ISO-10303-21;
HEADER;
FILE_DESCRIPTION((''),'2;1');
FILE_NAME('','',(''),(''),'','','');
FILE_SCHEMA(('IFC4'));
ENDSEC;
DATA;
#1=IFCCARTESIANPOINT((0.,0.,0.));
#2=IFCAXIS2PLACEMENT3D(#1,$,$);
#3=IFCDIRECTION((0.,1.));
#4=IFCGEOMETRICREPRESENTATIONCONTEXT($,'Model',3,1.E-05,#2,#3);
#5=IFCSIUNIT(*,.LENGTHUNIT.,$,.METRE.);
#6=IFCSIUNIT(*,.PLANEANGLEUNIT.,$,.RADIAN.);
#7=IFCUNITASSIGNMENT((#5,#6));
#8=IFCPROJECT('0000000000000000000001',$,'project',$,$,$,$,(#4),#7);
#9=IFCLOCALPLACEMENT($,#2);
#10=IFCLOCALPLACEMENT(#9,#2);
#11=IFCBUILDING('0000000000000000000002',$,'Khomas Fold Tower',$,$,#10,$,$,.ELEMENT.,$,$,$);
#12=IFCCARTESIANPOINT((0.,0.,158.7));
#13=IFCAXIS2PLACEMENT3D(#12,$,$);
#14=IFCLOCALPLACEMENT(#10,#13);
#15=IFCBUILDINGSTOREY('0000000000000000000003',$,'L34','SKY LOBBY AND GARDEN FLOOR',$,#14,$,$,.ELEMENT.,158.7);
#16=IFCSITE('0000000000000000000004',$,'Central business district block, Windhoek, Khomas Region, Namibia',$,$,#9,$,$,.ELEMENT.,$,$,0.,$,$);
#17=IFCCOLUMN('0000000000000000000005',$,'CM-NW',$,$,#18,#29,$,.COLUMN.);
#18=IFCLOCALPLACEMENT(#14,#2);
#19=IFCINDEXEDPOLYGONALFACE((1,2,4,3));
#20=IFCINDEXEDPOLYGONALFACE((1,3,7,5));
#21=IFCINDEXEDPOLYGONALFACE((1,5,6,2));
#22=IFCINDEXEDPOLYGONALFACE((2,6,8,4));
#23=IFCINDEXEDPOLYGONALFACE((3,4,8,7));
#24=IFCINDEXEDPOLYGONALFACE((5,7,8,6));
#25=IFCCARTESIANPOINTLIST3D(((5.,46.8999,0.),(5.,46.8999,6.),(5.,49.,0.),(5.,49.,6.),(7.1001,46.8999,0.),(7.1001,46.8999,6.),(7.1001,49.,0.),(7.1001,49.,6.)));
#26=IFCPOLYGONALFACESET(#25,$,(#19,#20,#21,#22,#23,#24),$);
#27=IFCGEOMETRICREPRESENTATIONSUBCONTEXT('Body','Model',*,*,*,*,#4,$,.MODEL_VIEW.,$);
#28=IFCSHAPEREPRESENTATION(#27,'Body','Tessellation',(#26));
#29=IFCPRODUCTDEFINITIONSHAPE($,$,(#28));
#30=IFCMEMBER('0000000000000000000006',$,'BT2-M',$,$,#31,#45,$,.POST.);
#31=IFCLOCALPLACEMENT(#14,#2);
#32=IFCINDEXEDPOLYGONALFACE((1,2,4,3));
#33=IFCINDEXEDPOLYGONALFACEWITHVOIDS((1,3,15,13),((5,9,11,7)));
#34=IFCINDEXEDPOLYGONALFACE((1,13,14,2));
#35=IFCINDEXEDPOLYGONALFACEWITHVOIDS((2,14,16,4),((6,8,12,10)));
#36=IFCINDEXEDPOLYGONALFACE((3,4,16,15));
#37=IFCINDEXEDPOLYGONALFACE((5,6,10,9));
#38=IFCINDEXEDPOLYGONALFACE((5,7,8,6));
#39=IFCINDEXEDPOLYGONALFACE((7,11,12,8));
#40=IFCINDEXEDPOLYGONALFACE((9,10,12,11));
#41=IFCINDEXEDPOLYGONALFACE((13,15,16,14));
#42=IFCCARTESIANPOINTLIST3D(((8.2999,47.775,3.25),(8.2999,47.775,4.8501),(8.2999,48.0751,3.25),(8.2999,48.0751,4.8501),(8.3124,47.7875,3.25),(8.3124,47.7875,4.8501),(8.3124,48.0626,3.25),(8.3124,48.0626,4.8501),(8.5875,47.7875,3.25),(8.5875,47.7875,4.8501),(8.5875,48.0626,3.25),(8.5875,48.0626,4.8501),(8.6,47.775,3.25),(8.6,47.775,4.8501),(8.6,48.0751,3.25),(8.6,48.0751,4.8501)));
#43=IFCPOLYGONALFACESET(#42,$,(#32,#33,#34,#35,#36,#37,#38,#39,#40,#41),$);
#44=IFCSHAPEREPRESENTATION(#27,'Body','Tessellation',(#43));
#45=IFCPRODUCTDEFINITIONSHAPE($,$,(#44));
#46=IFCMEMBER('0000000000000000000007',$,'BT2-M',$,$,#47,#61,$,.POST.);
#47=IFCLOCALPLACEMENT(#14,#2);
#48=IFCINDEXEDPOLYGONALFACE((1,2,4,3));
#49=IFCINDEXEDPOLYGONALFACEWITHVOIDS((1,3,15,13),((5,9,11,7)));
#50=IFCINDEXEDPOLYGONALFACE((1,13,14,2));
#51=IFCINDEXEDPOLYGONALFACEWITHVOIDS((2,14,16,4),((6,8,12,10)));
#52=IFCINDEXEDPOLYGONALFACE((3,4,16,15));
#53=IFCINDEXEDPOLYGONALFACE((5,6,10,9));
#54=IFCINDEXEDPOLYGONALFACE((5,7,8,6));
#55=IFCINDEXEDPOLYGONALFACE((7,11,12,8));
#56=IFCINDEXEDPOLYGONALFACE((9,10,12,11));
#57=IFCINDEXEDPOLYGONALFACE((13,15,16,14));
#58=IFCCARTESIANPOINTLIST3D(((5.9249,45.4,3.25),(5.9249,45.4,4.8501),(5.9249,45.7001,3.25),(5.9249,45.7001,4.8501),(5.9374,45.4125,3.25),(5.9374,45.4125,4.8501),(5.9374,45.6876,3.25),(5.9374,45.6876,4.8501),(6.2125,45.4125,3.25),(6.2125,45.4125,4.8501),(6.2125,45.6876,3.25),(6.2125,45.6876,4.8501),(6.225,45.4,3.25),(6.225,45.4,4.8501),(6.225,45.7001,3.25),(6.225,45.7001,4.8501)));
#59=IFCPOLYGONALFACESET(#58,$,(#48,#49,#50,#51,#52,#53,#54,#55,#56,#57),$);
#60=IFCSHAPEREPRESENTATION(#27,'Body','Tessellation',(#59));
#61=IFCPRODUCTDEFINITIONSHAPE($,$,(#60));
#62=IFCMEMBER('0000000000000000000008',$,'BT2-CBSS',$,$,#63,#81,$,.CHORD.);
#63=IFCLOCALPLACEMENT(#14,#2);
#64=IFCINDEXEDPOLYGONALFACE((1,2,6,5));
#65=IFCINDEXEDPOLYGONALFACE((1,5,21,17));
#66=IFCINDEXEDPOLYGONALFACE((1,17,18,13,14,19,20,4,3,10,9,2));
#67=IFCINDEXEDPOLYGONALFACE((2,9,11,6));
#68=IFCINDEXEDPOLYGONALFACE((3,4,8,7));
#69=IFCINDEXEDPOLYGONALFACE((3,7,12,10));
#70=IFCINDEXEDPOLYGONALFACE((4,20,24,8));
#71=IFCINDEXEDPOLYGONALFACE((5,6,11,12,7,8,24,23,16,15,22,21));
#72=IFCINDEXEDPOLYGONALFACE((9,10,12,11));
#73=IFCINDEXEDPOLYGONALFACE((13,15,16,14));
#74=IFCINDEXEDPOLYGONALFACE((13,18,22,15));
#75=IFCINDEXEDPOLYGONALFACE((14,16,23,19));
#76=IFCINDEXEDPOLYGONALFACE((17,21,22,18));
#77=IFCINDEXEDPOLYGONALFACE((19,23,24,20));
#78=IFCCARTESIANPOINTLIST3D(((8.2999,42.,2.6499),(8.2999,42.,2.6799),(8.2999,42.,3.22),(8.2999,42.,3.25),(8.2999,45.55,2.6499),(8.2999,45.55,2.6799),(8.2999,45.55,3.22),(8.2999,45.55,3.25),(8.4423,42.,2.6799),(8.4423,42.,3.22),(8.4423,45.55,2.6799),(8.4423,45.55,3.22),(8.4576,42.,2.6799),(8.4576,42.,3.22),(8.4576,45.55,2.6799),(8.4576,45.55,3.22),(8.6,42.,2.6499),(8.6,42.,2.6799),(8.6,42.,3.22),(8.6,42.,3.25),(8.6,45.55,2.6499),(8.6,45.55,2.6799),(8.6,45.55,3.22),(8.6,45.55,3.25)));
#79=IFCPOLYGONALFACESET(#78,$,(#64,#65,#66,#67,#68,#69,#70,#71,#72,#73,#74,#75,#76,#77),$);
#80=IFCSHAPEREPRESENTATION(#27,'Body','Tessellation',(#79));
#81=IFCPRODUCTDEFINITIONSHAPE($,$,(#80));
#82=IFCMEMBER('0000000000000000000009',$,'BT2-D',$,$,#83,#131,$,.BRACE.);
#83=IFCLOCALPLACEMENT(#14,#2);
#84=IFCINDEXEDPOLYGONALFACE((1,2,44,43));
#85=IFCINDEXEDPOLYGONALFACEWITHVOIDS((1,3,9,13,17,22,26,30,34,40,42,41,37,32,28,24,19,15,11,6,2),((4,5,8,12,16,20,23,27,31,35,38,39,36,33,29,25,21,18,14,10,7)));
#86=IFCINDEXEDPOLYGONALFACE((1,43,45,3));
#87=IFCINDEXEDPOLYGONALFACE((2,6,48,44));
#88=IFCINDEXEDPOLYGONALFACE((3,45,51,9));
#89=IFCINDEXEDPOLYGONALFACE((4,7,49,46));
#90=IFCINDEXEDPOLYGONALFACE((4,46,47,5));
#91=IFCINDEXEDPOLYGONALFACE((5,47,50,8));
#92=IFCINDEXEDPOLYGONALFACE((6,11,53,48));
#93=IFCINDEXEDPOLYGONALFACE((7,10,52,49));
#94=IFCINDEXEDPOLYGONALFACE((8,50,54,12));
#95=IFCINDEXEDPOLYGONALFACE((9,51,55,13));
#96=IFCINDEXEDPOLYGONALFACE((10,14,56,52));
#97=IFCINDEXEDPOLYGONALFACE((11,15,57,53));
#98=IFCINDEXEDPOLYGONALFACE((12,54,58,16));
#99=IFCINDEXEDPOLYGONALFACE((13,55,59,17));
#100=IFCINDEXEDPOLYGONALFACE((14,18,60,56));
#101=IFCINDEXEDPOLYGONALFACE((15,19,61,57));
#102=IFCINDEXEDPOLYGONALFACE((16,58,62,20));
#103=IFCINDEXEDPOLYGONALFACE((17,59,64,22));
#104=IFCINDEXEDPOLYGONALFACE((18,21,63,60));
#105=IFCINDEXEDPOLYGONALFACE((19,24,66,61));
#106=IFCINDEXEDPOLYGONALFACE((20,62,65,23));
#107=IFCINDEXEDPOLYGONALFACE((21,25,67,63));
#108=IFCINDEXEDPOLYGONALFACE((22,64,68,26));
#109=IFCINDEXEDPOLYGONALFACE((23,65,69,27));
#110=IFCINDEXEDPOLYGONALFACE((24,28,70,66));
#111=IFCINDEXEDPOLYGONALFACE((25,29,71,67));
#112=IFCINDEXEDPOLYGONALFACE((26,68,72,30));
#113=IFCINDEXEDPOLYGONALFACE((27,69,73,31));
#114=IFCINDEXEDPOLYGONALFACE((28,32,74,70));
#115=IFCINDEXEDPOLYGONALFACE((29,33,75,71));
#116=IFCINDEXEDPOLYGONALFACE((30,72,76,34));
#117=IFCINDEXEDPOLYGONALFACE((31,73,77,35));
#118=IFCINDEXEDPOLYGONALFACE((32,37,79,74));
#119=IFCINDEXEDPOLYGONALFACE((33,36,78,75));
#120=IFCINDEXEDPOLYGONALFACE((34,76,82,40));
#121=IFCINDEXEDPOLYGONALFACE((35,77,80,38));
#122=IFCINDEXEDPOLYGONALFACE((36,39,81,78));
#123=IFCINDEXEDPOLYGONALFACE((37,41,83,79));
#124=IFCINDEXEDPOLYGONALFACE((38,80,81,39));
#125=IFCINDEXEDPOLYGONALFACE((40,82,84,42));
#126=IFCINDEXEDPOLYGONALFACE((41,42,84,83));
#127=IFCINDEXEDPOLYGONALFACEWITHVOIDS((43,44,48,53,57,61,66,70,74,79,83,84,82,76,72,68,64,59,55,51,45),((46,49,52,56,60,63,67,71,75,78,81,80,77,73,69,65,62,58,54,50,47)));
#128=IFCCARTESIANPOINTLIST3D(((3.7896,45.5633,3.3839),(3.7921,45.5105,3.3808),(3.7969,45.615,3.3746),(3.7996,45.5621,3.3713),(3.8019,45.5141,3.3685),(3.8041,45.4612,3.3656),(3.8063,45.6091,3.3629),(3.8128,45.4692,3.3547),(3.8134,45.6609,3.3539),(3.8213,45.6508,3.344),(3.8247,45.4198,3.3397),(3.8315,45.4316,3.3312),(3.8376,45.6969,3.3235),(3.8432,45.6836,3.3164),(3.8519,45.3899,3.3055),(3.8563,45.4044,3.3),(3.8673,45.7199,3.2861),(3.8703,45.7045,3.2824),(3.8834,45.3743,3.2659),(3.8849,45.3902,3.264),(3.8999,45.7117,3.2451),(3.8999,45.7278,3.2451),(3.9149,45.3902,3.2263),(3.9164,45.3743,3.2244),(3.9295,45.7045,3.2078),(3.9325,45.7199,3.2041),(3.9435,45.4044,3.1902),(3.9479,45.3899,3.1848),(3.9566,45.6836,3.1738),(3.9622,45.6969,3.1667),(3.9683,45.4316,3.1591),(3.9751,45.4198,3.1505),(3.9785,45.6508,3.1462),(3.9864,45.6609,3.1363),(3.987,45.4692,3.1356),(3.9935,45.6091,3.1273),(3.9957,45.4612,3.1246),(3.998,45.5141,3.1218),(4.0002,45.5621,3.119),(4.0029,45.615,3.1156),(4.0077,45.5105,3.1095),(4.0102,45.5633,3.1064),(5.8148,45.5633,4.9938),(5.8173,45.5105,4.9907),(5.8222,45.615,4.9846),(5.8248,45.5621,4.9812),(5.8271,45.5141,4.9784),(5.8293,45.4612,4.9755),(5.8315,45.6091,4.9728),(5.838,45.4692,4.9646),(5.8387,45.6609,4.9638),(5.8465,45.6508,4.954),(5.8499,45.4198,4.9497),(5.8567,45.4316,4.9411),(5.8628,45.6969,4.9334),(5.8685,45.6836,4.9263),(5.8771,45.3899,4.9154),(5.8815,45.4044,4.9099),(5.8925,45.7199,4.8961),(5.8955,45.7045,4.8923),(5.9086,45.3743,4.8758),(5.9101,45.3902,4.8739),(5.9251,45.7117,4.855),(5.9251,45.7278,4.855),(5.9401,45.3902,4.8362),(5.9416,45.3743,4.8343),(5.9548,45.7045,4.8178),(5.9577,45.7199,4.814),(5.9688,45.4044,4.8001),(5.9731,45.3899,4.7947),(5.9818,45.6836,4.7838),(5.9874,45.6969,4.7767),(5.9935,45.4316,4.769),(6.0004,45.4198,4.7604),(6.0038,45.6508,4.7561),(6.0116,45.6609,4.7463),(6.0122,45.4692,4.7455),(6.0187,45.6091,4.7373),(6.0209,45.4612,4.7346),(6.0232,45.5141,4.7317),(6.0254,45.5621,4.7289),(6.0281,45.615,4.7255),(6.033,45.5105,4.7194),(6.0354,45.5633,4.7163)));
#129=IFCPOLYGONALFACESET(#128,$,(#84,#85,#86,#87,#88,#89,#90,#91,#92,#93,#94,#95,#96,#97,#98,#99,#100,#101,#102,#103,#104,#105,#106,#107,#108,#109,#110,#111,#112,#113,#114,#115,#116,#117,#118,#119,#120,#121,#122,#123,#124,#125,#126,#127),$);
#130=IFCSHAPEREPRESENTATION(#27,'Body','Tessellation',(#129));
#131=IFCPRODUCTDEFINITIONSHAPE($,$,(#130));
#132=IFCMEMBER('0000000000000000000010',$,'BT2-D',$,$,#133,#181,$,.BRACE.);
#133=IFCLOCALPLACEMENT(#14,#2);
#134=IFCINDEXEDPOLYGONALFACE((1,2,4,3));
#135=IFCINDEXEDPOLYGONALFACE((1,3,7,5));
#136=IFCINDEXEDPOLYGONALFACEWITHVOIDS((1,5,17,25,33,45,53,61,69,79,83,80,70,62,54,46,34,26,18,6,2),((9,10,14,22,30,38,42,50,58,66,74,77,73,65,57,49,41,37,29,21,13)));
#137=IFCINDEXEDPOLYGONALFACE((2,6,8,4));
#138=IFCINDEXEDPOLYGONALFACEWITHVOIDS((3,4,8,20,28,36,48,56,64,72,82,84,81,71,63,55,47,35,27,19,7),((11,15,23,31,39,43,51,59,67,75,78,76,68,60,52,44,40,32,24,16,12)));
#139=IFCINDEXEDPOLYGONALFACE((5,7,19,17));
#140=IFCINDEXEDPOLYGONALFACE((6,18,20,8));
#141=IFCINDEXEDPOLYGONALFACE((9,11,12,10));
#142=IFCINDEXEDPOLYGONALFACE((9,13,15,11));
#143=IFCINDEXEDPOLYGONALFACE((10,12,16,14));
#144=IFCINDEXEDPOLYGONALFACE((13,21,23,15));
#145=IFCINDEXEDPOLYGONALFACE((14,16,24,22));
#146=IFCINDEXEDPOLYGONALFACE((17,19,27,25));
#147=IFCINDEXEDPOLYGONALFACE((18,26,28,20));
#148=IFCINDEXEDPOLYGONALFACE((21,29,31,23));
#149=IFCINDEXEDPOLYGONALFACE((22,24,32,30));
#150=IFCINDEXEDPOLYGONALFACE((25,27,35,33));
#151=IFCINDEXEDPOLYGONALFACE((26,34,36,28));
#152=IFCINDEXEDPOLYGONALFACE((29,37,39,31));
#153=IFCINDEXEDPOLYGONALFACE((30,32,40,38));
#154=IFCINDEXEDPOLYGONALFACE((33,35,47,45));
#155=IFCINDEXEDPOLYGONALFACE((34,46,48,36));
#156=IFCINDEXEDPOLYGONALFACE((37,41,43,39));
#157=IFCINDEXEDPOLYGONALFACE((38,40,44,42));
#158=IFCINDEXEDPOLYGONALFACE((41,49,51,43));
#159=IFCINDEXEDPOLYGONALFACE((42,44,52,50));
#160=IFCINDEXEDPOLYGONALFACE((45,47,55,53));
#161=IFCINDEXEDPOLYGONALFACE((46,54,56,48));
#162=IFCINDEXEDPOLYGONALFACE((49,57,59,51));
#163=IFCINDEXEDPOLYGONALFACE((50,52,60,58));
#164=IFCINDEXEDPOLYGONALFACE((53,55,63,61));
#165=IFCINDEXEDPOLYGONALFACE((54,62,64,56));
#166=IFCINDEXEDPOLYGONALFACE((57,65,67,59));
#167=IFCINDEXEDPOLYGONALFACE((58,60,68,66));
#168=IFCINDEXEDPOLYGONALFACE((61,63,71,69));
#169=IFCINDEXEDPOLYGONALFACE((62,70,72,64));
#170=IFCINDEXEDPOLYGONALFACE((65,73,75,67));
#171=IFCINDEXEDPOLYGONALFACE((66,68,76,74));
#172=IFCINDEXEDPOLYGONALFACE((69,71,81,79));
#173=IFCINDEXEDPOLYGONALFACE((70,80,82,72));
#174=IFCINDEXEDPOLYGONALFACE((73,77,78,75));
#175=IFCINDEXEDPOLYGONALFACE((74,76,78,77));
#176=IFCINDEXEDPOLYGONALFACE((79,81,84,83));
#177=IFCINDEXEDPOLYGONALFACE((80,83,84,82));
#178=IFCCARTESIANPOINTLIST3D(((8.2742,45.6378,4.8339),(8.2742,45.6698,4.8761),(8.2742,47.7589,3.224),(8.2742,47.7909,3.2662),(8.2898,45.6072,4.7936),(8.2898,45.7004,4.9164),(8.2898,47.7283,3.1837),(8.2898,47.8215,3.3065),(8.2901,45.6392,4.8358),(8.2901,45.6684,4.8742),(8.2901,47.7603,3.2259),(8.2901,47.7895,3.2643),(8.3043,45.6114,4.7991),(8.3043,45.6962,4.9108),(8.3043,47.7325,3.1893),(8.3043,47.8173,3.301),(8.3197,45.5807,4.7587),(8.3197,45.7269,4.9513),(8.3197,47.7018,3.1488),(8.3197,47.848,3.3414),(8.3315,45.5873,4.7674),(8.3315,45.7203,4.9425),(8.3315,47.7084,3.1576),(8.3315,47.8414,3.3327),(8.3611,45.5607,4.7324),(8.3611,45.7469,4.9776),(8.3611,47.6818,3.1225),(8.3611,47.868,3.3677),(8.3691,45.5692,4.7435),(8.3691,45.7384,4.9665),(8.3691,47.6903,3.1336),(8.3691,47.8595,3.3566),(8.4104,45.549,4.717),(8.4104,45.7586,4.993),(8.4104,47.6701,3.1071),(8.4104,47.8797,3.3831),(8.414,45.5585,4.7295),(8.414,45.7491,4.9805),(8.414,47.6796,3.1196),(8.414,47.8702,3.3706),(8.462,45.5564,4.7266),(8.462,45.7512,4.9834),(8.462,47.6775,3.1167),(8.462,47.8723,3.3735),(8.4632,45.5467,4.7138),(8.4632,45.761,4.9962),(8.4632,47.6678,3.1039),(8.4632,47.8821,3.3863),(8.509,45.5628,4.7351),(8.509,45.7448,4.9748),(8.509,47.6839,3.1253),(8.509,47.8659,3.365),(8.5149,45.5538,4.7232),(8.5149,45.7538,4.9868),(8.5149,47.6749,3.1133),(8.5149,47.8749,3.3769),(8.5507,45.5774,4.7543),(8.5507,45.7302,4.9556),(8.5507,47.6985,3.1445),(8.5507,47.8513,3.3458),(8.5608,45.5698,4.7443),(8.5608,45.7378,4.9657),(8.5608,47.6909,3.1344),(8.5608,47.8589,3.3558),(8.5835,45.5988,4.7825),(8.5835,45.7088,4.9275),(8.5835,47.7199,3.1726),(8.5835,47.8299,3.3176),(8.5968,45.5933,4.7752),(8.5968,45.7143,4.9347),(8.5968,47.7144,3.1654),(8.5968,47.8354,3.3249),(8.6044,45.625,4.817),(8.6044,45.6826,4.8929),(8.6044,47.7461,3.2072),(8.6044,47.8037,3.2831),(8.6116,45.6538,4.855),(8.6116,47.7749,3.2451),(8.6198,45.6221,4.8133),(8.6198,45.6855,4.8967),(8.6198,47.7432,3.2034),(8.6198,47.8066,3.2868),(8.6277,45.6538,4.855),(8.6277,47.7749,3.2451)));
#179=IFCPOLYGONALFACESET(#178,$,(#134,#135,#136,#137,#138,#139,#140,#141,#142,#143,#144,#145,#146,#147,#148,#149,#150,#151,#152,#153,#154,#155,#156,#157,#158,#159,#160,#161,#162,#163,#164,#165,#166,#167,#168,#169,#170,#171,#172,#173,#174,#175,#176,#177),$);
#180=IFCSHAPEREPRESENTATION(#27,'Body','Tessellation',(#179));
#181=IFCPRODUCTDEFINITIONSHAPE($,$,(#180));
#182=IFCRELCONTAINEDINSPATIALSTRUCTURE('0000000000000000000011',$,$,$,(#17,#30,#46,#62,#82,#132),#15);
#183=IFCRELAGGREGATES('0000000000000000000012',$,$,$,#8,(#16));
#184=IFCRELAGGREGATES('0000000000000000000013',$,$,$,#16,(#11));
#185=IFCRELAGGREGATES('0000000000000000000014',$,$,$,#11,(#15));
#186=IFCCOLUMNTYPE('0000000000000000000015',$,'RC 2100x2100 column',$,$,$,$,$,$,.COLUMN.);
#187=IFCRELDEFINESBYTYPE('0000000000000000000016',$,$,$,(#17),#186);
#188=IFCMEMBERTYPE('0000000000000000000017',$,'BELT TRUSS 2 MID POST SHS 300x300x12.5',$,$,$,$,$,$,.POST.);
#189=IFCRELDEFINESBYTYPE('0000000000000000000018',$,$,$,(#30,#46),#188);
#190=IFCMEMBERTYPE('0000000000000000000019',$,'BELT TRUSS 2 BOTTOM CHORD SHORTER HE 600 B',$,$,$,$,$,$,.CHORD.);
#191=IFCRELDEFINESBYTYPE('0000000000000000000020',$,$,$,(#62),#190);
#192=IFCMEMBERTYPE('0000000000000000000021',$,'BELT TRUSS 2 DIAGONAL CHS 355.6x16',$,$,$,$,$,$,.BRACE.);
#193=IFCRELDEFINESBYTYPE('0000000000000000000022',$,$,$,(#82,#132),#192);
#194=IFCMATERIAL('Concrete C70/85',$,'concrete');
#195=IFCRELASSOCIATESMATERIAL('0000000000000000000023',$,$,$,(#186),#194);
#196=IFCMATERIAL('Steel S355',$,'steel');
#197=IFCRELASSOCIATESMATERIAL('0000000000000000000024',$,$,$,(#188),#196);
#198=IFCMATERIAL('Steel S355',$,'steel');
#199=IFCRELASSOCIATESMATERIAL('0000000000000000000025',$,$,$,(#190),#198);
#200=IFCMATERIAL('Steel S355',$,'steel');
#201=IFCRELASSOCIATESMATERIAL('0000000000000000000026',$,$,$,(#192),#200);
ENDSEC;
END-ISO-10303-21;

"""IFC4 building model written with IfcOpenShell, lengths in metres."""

from ifc_helpers import new_model, si_unit, direction, frame, origin, origin_2d, place, context, subcontext, project, spatial, rectangle, hollow_rectangle, hollow_circle, i_section, extrude, source, transform, mapped, material, material_profile, profile_set, type_object, element, save


model = new_model("IFC4")

# Units and contexts
model_context = context("Model", 3, precision=1e-05, world=origin(), true_north=direction((0.0, 1.0)))
body_context = subcontext(model_context, "Body", "Model", "MODEL_VIEW")
ifc_project = project(units=[si_unit("LENGTHUNIT", "METRE"), si_unit("PLANEANGLEUNIT", "RADIAN")], contexts=[model_context])

# Site, building, storey
site_placement = place(None, origin())
site = spatial("IfcSite", under=ifc_project, at=site_placement, Name="Central business district block, Windhoek, Khomas Region, Namibia", CompositionType="ELEMENT", RefElevation=0.0)
building_placement = place(site_placement, origin())
building = spatial("IfcBuilding", under=site, at=building_placement, Name="Khomas Fold Tower", CompositionType="ELEMENT")
storey_placement = place(building_placement, frame((0.0, 0.0, 158.7)))
storey = spatial("IfcBuildingStorey", under=building, at=storey_placement, Name="L34", Description="SKY LOBBY AND GARDEN FLOOR", CompositionType="ELEMENT", Elevation=158.7)

# Column
ifc_material_1 = material(Name="Concrete C70/85", Category="concrete")
ifc_material_profile_1 = material_profile(ifc_material_1, rectangle(XDim=2.1001, YDim=2.1001, at=origin_2d()), Name="RC 2100x2100")
ifc_profile_set_1 = profile_set([ifc_material_profile_1], Name="Concrete C70/85")
column_type = type_object("IfcColumnType", Name="RC 2100x2100 column", PredefinedType="COLUMN", material=ifc_profile_set_1)
shared_shape_1 = source(origin(), body_context, "Body", "SweptSolid", [
    extrude(rectangle(XDim=2.1001, YDim=2.1001, at=origin_2d()), origin(), (0.0, 0.0, 1.0), 6.0),
])
column_placement = place(storey_placement, frame((6.05, 47.95, 0.0), z_axis=(0.0, 0.0, 1.0), x_axis=(1.0, 0.0, 0.0)))
element("IfcColumn", 1, at=column_placement, inside=storey, type_object=column_type, Name="CM-NW", PredefinedType="COLUMN", context=body_context, shape_type="MappedRepresentation", body=[
    mapped(shared_shape_1, transform((0.0, 0.0, 0.0))),
])

# Members
ifc_material_2 = material(Name="Steel S355", Category="steel")
ifc_material_profile_2 = material_profile(ifc_material_2, hollow_rectangle(XDim=0.3, YDim=0.3, WallThickness=0.0125, at=origin_2d()), Name="SHS 300x300x12.5")
ifc_profile_set_2 = profile_set([ifc_material_profile_2], Name="Steel S355")
member_type_1 = type_object("IfcMemberType", Name="BELT TRUSS 2 MID POST SHS 300x300x12.5", PredefinedType="POST", material=ifc_profile_set_2)
shared_shape_2 = source(origin(), body_context, "Body", "SweptSolid", [
    extrude(hollow_rectangle(XDim=0.3, YDim=0.3, WallThickness=0.0125, at=origin_2d()), origin(), (0.0, 0.0, 1.0), 1.6001),
])
for number, where, z_axis, x_axis, name in (
    (2, (8.45, 47.925, 3.25), (0.0, 0.0, 1.0), (1.0, 0.0, 0.0), "BT2-M"),
    (3, (6.075, 45.55, 3.25), (0.0, 0.0, 1.0), (1.0, 0.0, 0.0), "BT2-M"),
):
    element("IfcMember", number, at=place(storey_placement, frame(where, z_axis=z_axis, x_axis=x_axis)), inside=storey, type_object=member_type_1, Name=name, PredefinedType="POST", context=body_context, shape_type="MappedRepresentation", body=[
        mapped(shared_shape_2, transform((0.0, 0.0, 0.0))),
    ])
ifc_material_3 = material(Name="Steel S355", Category="steel")
ifc_material_profile_3 = material_profile(ifc_material_3, i_section(OverallWidth=0.3, OverallDepth=0.6001, WebThickness=0.0154, FlangeThickness=0.03, at=origin_2d()), Name="HE 600 B")
ifc_profile_set_3 = profile_set([ifc_material_profile_3], Name="Steel S355")
member_type_2 = type_object("IfcMemberType", Name="BELT TRUSS 2 BOTTOM CHORD SHORTER HE 600 B", PredefinedType="CHORD", material=ifc_profile_set_3)
shared_shape_3 = source(origin(), body_context, "Body", "SweptSolid", [
    extrude(i_section(OverallWidth=0.3, OverallDepth=0.6001, WebThickness=0.0154, FlangeThickness=0.03, at=origin_2d()), origin(), (0.0, 0.0, 1.0), 3.55),
])
member_1_placement = place(storey_placement, frame((8.45, 45.55, 2.95), z_axis=(0.0, -1.0, 0.0), x_axis=(1.0, 0.0, 0.0)))
element("IfcMember", 4, at=member_1_placement, inside=storey, type_object=member_type_2, Name="BT2-CBSS", PredefinedType="CHORD", context=body_context, shape_type="MappedRepresentation", body=[
    mapped(shared_shape_3, transform((0.0, 0.0, 0.0))),
])
ifc_material_4 = material(Name="Steel S355", Category="steel")
ifc_material_profile_4 = material_profile(ifc_material_4, hollow_circle(Radius=0.1777, WallThickness=0.0161, at=origin_2d()), Name="CHS 355.6x16")
ifc_profile_set_4 = profile_set([ifc_material_profile_4], Name="Steel S355")
member_type_3 = type_object("IfcMemberType", Name="BELT TRUSS 2 DIAGONAL CHS 355.6x16", PredefinedType="BRACE", material=ifc_profile_set_4)
shared_shape_4 = source(origin(), body_context, "Body", "SweptSolid", [
    extrude(hollow_circle(Radius=0.1777, WallThickness=0.0161, at=origin_2d()), origin(), (0.0, 0.0, 1.0), 2.5872),
])
member_2_placement = place(storey_placement, frame((3.8999, 45.55, 3.2451), z_axis=(0.782799, 0.0, 0.622275), x_axis=(0.0, 1.0, 0.0)))
element("IfcMember", 5, at=member_2_placement, inside=storey, type_object=member_type_3, Name="BT2-D", PredefinedType="BRACE", context=body_context, shape_type="MappedRepresentation", body=[
    mapped(shared_shape_4, transform((0.0, 0.0, 0.0))),
])
shared_shape_5 = source(origin(), body_context, "Body", "SweptSolid", [
    extrude(hollow_circle(Radius=0.1777, WallThickness=0.0161, at=origin_2d()), origin(), (0.0, 0.0, 1.0), 2.6628),
])
member_3_placement = place(storey_placement, frame((8.45, 47.7749, 3.2451), z_axis=(0.0, -0.796554, 0.604567), x_axis=(1.0, 0.0, 0.0)))
element("IfcMember", 6, at=member_3_placement, inside=storey, type_object=member_type_3, Name="BT2-D", PredefinedType="BRACE", context=body_context, shape_type="MappedRepresentation", body=[
    mapped(shared_shape_5, transform((0.0, 0.0, 0.0))),
])

save(model, "model.ifc")
